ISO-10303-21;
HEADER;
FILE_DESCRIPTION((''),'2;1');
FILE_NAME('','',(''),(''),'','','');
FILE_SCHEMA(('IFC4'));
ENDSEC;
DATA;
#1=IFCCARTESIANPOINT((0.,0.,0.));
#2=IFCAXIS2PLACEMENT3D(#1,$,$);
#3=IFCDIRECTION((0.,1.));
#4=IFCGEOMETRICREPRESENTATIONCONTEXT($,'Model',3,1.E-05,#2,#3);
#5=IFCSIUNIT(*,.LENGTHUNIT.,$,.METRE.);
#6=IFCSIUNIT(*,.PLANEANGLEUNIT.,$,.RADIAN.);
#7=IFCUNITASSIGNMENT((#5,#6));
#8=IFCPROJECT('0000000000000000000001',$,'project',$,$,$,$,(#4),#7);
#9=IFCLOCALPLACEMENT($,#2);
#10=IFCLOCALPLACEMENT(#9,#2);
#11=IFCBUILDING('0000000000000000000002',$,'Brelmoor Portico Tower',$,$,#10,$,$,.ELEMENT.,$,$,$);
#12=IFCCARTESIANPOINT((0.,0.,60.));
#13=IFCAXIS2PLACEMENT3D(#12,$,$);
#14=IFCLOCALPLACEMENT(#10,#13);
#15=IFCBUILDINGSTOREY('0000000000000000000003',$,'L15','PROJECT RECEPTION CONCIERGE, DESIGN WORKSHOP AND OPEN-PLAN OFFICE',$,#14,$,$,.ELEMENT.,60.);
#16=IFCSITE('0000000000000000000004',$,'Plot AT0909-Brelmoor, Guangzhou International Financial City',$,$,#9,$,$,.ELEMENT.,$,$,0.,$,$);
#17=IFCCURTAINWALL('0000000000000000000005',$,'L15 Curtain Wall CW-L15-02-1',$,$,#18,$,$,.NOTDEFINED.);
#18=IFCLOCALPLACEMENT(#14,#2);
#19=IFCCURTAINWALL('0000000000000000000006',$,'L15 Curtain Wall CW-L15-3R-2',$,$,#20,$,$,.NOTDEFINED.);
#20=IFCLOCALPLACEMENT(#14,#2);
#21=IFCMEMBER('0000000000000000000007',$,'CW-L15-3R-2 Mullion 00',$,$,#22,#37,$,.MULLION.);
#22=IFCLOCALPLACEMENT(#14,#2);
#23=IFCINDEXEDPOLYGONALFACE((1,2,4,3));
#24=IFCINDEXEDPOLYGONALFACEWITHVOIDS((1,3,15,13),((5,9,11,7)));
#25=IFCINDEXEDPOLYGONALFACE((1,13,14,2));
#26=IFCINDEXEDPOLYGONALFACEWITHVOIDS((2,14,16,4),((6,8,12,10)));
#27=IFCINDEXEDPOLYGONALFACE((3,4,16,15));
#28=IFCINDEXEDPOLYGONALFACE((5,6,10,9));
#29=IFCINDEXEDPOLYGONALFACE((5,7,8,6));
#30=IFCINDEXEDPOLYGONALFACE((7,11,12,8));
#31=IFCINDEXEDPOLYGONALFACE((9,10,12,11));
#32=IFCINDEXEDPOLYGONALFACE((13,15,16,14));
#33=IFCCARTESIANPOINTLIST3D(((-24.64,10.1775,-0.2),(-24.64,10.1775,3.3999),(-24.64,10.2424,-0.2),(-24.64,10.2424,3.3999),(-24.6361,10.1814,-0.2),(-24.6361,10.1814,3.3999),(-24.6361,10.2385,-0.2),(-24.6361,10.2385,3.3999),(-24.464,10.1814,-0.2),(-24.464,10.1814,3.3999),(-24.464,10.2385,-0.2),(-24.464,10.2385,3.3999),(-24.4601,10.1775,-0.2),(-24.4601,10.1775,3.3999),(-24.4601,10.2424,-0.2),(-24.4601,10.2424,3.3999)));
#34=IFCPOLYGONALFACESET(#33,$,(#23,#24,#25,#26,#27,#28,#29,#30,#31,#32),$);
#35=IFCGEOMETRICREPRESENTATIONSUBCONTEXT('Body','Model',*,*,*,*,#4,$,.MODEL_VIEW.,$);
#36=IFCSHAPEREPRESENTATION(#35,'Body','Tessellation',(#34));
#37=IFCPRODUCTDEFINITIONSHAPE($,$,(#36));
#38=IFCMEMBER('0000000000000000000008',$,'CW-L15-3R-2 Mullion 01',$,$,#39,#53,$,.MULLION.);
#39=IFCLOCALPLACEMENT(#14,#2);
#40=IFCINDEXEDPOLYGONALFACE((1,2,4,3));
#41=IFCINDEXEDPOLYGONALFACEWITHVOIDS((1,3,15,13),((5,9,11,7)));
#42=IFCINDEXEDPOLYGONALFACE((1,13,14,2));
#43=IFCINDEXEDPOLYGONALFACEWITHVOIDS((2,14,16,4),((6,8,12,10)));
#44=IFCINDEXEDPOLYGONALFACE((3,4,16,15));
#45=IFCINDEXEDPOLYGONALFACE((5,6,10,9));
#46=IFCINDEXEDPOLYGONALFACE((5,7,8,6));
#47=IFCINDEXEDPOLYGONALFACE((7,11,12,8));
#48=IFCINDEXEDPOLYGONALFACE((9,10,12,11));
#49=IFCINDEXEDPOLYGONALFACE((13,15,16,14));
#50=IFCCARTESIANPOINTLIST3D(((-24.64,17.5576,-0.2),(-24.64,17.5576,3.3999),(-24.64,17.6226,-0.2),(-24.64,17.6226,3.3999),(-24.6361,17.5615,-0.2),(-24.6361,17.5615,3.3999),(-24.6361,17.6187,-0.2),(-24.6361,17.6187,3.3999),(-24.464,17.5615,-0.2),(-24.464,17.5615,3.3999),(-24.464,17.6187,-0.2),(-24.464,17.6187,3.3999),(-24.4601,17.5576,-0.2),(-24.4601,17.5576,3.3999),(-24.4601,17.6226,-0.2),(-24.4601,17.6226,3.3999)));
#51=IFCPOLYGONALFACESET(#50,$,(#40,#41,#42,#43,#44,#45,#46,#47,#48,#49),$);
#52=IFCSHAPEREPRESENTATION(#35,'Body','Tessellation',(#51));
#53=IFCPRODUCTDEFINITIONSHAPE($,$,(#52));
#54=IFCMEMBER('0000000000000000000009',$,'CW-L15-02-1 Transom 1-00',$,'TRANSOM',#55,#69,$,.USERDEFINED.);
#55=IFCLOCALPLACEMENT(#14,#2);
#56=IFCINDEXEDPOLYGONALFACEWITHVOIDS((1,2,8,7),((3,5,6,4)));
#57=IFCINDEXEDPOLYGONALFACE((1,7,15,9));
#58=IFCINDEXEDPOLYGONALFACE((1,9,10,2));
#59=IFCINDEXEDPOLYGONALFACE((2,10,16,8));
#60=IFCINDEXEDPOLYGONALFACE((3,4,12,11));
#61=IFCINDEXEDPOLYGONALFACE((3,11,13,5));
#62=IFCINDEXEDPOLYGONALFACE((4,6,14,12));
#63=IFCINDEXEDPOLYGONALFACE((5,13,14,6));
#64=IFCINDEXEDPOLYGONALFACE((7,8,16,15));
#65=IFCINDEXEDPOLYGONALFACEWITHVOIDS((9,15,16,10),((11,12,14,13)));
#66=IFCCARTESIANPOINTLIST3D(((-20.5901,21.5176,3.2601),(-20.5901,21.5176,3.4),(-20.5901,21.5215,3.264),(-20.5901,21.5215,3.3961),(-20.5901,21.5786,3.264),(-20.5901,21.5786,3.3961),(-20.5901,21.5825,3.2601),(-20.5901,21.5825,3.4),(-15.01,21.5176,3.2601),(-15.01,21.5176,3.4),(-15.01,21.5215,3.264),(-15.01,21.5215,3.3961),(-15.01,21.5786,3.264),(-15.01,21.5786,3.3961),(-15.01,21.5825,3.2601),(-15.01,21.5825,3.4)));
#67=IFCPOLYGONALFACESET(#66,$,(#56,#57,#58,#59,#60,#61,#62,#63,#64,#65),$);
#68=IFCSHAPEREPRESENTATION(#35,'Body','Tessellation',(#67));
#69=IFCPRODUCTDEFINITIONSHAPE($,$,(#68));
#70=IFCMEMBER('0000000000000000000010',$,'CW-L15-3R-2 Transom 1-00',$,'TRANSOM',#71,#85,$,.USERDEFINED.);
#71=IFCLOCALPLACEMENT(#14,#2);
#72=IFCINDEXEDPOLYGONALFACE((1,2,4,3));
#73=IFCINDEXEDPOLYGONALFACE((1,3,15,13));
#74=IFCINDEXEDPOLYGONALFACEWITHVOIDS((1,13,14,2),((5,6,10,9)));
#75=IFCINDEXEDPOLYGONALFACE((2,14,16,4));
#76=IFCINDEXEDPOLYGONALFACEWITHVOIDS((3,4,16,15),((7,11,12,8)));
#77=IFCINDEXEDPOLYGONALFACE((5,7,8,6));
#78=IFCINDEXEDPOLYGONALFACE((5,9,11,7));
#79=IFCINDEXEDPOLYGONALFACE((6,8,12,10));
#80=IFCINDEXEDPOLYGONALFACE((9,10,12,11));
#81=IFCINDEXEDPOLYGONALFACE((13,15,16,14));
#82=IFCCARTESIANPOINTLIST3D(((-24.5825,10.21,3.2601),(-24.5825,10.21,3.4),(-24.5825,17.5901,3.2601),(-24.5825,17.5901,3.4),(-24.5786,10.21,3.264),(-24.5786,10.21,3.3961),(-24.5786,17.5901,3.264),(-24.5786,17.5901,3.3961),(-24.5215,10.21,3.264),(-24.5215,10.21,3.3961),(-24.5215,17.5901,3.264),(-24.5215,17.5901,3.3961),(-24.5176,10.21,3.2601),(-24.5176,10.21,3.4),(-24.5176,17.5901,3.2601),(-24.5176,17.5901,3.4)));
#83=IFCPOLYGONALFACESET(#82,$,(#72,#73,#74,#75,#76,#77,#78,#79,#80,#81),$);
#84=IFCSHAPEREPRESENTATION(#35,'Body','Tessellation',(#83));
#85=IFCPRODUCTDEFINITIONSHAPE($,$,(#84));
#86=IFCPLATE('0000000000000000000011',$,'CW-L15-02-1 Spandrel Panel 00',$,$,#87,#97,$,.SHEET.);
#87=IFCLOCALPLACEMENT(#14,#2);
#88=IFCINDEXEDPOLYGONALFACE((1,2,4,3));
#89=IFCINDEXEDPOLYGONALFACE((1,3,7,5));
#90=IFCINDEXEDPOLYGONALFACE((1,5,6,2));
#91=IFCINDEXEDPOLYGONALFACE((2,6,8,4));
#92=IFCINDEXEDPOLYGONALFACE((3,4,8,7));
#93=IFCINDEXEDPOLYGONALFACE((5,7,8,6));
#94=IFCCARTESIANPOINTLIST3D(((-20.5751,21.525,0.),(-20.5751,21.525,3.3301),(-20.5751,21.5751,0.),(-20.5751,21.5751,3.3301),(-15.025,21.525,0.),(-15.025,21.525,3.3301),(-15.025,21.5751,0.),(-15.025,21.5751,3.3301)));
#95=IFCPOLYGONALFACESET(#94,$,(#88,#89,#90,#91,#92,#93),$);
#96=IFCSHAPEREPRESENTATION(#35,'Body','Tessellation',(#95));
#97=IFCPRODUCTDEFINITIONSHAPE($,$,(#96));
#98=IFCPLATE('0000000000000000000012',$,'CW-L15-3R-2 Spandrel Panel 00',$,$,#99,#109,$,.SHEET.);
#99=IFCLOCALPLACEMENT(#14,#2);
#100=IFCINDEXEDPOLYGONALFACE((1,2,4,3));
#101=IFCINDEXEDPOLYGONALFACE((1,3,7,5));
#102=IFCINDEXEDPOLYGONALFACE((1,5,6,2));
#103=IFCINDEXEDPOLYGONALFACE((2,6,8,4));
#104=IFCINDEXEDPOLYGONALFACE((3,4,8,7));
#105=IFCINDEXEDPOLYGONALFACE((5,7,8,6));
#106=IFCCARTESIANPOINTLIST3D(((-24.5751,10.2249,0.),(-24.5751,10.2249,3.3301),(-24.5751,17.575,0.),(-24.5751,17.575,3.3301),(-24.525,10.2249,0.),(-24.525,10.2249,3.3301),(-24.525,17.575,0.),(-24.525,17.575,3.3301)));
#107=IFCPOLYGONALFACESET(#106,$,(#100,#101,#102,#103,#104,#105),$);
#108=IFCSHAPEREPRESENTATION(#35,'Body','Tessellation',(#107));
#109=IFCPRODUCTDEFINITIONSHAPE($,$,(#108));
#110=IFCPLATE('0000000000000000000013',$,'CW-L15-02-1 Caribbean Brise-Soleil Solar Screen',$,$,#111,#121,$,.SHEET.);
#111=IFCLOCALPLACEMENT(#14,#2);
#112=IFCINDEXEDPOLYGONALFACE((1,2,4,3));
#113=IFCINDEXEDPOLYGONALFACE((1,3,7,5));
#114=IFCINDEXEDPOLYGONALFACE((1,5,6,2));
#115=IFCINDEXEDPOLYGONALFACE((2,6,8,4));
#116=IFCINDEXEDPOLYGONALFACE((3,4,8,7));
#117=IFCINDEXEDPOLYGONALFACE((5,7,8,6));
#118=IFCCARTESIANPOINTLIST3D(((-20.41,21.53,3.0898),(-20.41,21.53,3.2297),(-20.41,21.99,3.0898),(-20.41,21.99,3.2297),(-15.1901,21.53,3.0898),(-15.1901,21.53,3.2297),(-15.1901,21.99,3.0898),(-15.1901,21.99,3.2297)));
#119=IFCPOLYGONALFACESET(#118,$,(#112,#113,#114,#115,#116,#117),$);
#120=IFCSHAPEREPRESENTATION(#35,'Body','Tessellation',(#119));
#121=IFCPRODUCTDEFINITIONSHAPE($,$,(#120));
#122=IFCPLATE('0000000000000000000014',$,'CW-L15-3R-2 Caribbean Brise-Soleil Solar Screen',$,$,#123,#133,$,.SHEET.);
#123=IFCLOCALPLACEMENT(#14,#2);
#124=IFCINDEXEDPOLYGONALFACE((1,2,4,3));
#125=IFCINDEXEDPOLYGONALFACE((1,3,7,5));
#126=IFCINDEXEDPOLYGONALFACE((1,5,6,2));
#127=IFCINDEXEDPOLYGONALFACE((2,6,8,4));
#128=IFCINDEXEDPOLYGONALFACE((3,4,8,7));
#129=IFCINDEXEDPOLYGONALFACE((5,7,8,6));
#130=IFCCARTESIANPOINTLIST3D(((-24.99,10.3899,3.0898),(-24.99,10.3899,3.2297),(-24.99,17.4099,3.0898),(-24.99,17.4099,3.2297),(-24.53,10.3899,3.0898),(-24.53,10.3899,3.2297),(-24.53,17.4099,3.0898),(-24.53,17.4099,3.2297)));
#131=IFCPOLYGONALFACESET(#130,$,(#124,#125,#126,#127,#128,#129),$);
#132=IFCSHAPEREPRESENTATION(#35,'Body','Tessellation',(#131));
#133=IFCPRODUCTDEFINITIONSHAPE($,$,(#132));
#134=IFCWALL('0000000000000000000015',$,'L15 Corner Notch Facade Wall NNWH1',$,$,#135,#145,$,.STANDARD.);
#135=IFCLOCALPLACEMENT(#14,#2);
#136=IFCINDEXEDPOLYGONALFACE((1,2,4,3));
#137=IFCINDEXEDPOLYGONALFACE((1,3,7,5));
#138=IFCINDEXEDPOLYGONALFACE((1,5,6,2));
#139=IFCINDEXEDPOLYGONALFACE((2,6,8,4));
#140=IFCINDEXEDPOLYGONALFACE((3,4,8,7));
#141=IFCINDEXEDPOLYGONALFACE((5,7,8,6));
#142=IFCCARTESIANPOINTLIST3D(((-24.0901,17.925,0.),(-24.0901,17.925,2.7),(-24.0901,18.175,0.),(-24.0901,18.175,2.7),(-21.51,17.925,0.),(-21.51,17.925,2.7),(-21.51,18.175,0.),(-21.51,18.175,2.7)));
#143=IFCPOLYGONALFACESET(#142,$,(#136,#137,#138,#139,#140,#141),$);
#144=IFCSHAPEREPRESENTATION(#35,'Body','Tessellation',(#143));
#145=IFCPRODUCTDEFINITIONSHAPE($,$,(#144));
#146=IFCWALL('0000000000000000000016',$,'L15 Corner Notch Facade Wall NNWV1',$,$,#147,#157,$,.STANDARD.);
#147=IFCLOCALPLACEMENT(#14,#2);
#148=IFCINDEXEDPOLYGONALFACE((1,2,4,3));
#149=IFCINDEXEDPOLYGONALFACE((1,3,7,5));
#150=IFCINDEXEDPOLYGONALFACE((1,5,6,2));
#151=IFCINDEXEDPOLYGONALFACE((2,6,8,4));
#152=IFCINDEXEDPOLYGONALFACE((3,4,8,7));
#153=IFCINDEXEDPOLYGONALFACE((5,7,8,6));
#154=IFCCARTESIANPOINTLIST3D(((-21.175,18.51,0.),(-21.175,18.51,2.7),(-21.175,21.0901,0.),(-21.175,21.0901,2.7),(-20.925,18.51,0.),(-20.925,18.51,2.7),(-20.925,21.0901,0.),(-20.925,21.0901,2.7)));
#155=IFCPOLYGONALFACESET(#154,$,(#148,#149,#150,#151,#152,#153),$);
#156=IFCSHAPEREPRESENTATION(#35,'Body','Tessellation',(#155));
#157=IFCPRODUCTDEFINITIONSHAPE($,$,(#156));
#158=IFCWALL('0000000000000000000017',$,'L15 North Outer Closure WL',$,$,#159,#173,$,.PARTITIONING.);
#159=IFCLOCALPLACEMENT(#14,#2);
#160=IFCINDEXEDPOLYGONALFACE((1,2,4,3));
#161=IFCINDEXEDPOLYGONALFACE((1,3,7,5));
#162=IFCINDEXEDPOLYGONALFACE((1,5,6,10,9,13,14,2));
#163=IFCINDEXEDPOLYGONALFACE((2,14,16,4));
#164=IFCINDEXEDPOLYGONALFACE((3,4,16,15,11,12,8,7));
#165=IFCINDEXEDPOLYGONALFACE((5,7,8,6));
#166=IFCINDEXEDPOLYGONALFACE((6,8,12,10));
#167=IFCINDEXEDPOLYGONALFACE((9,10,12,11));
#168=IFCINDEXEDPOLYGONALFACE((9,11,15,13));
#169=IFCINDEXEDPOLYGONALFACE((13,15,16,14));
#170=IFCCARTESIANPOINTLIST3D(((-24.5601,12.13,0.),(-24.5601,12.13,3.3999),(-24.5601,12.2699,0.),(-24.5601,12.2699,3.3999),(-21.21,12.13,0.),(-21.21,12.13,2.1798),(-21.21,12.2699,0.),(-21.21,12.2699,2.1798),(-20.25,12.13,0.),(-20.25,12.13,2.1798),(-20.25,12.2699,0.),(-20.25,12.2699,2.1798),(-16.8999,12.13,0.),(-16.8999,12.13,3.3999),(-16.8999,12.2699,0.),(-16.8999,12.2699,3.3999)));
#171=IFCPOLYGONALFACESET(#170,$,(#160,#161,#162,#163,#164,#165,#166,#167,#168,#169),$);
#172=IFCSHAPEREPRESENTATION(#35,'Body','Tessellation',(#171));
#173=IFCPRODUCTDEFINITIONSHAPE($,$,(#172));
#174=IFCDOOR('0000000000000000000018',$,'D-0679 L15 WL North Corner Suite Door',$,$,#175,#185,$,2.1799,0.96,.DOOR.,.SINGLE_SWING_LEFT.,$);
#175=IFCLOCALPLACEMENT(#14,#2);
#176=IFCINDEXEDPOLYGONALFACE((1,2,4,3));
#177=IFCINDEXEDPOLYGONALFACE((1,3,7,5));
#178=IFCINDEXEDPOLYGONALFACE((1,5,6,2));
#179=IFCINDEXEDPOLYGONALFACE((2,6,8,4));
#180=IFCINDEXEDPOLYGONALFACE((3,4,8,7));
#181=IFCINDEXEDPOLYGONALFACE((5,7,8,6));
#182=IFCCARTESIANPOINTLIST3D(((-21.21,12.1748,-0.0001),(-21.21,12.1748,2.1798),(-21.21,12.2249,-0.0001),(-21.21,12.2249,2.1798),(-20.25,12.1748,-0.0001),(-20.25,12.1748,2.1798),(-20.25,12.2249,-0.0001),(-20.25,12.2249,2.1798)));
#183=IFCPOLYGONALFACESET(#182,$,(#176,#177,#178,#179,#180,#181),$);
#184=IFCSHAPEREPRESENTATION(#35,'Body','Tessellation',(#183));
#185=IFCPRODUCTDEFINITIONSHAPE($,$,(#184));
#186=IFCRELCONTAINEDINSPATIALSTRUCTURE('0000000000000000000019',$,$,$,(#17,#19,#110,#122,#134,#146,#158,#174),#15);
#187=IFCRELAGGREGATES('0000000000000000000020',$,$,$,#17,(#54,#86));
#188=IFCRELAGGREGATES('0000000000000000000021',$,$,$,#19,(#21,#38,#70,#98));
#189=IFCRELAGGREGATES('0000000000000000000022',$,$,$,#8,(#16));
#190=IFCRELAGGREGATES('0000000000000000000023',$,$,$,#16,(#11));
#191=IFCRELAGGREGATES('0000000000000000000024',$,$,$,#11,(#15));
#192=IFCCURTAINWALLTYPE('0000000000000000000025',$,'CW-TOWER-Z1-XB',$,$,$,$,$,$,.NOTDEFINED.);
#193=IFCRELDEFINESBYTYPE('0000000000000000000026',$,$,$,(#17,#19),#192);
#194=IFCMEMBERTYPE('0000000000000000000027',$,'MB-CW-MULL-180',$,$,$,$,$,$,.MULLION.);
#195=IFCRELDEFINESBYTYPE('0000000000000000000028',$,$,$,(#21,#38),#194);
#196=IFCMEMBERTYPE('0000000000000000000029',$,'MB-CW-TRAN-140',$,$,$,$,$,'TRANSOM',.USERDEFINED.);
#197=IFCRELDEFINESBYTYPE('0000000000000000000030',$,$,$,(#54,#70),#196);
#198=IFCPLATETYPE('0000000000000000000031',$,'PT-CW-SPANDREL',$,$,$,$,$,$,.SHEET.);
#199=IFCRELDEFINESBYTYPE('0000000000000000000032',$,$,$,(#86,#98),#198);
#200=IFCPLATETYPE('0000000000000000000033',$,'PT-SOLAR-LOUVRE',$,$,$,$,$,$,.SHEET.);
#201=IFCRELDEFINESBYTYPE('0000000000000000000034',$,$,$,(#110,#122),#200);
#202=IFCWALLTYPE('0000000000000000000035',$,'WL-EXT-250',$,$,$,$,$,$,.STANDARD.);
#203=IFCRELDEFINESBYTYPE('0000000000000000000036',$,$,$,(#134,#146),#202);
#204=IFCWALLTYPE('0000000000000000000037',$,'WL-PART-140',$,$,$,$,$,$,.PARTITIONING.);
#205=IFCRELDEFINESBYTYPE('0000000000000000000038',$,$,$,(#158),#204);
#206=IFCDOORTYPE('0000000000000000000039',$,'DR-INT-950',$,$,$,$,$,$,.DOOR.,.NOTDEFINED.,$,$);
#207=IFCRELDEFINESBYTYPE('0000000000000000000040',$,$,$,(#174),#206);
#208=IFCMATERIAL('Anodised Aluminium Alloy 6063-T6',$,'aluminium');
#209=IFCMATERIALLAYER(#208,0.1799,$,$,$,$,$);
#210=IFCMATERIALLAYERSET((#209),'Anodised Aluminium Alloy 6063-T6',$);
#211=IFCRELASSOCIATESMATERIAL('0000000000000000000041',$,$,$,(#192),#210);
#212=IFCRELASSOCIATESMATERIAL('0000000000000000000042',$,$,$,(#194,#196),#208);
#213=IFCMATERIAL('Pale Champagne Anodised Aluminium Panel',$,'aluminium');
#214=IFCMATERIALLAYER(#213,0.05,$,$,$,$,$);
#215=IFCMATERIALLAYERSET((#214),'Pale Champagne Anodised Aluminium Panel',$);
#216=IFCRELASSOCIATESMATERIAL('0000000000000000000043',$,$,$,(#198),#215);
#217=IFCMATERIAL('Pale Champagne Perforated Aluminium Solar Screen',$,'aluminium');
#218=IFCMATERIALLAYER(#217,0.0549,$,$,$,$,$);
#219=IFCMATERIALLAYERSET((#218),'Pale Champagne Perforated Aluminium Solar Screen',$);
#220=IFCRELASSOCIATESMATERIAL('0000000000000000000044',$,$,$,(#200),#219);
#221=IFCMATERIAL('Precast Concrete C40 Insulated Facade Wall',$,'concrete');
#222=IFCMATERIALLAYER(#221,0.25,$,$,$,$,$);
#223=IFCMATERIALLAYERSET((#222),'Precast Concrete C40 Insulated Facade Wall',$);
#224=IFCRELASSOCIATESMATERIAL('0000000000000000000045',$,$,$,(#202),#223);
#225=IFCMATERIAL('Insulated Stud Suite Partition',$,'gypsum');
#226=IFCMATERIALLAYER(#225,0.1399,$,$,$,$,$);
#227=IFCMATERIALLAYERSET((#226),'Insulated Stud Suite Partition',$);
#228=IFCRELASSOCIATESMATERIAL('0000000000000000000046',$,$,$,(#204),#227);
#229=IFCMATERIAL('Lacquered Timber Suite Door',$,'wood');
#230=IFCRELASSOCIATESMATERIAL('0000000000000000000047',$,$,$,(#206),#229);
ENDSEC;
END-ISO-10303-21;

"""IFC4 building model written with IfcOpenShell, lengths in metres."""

from ifc_helpers import new_model, si_unit, direction, frame, frame_2d, origin, origin_2d, place, context, subcontext, project, spatial, rectangle, hollow_rectangle, extrude, material, layer, layer_set, material_profile, profile_set, type_object, element, fill, aggregate, save


model = new_model("IFC4")

# Units and contexts
model_context = context("Model", 3, precision=1e-05, world=origin(), true_north=direction((0.0, 1.0)))
body_context = subcontext(model_context, "Body", "Model", "MODEL_VIEW")
ifc_project = project(units=[si_unit("LENGTHUNIT", "METRE"), si_unit("PLANEANGLEUNIT", "RADIAN")], contexts=[model_context])

# Site, building, storey
site_placement = place(None, origin())
site = spatial("IfcSite", under=ifc_project, at=site_placement, Name="Plot AT0909-Brelmoor, Guangzhou International Financial City", CompositionType="ELEMENT", RefElevation=0.0)
building_placement = place(site_placement, origin())
building = spatial("IfcBuilding", under=site, at=building_placement, Name="Brelmoor Portico Tower", CompositionType="ELEMENT")
storey_placement = place(building_placement, frame((0.0, 0.0, 60.0)))
storey = spatial("IfcBuildingStorey", under=building, at=storey_placement, Name="L15", Description="PROJECT RECEPTION CONCIERGE, DESIGN WORKSHOP AND OPEN-PLAN OFFICE", CompositionType="ELEMENT", Elevation=60.0)

# Curtain wall
ifc_material_1 = material(Name="Anodised Aluminium Alloy 6063-T6", Category="aluminium")
ifc_layer_1 = layer(ifc_material_1, 0.1799)
ifc_layer_set_1 = layer_set([ifc_layer_1], Name="Anodised Aluminium Alloy 6063-T6")
curtain_wall_type = type_object("IfcCurtainWallType", Name="CW-TOWER-Z1-XB", PredefinedType="NOTDEFINED", material=ifc_layer_set_1)
curtain_wall_1_placement = place(storey_placement, origin())
curtain_wall_1 = element("IfcCurtainWall", 1, at=curtain_wall_1_placement, inside=storey, type_object=curtain_wall_type, Name="L15 Curtain Wall CW-L15-02-1", PredefinedType="NOTDEFINED")
ifc_material_profile_1 = material_profile(ifc_material_1, hollow_rectangle(XDim=0.0649, YDim=0.1799, WallThickness=0.0039, at=origin_2d()), Name="ALU MULLION 65x180")
ifc_profile_set_1 = profile_set([ifc_material_profile_1], Name="Anodised Aluminium Alloy 6063-T6")
member_type_1 = type_object("IfcMemberType", Name="MB-CW-MULL-180", PredefinedType="MULLION", material=ifc_profile_set_1)

# Curtain wall, members
curtain_wall_2_placement = place(storey_placement, origin())
curtain_wall_2 = element("IfcCurtainWall", 2, at=curtain_wall_2_placement, inside=storey, type_object=curtain_wall_type, Name="L15 Curtain Wall CW-L15-3R-2", PredefinedType="NOTDEFINED")
member_1_placement = place(storey_placement, frame((-24.55, 10.21, -0.2), z_axis=(0.0, 0.0, 1.0), x_axis=(0.0, 1.0, 0.0)))
member_1 = element("IfcMember", 3, at=member_1_placement, type_object=member_type_1, Name="CW-L15-3R-2 Mullion 00", PredefinedType="MULLION", context=body_context, shape_type="SweptSolid", body=[
    extrude(hollow_rectangle(XDim=0.0649, YDim=0.1799, WallThickness=0.0039, at=origin_2d()), origin(), (0.0, 0.0, 1.0), 3.5999),
])
member_2_placement = place(storey_placement, frame((-24.55, 17.5901, -0.2), z_axis=(0.0, 0.0, 1.0), x_axis=(0.0, 1.0, 0.0)))
member_2 = element("IfcMember", 4, at=member_2_placement, type_object=member_type_1, Name="CW-L15-3R-2 Mullion 01", PredefinedType="MULLION", context=body_context, shape_type="SweptSolid", body=[
    extrude(hollow_rectangle(XDim=0.0649, YDim=0.1799, WallThickness=0.0039, at=origin_2d()), origin(), (0.0, 0.0, 1.0), 3.5999),
])

# Members
ifc_material_profile_2 = material_profile(ifc_material_1, hollow_rectangle(XDim=0.0649, YDim=0.1399, WallThickness=0.0039, at=origin_2d()), Name="ALU TRANSOM 65x140")
ifc_profile_set_2 = profile_set([ifc_material_profile_2], Name="Anodised Aluminium Alloy 6063-T6")
member_type_2 = type_object("IfcMemberType", Name="MB-CW-TRAN-140", ElementType="TRANSOM", PredefinedType="USERDEFINED", material=ifc_profile_set_2)
member_3_placement = place(storey_placement, frame((-20.5901, 21.55, 3.3301), z_axis=(1.0, 0.0, 0.0), x_axis=(0.0, 1.0, 0.0)))
member_3 = element("IfcMember", 5, at=member_3_placement, type_object=member_type_2, Name="CW-L15-02-1 Transom 1-00", ObjectType="TRANSOM", PredefinedType="USERDEFINED", context=body_context, shape_type="SweptSolid", body=[
    extrude(hollow_rectangle(XDim=0.0649, YDim=0.1399, WallThickness=0.0039, at=origin_2d()), origin(), (0.0, 0.0, 1.0), 5.5801),
])
member_4_placement = place(storey_placement, frame((-24.55, 10.21, 3.3301), z_axis=(0.0, 1.0, 0.0), x_axis=(-1.0, 0.0, 0.0)))
member_4 = element("IfcMember", 6, at=member_4_placement, type_object=member_type_2, Name="CW-L15-3R-2 Transom 1-00", ObjectType="TRANSOM", PredefinedType="USERDEFINED", context=body_context, shape_type="SweptSolid", body=[
    extrude(hollow_rectangle(XDim=0.0649, YDim=0.1399, WallThickness=0.0039, at=origin_2d()), origin(), (0.0, 0.0, 1.0), 7.3801),
])

# Plates
ifc_material_2 = material(Name="Pale Champagne Anodised Aluminium Panel", Category="aluminium")
ifc_layer_2 = layer(ifc_material_2, 0.05)
ifc_layer_set_2 = layer_set([ifc_layer_2], Name="Pale Champagne Anodised Aluminium Panel")
plate_type_1 = type_object("IfcPlateType", Name="PT-CW-SPANDREL", PredefinedType="SHEET", material=ifc_layer_set_2)
plate_1_placement = place(storey_placement, frame((-17.8, 21.55, 0.0), z_axis=(0.0, 0.0, 1.0), x_axis=(1.0, 0.0, 0.0)))
plate_1 = element("IfcPlate", 7, at=plate_1_placement, type_object=plate_type_1, Name="CW-L15-02-1 Spandrel Panel 00", PredefinedType="SHEET", context=body_context, shape_type="SweptSolid", body=[
    extrude(rectangle(XDim=5.55, YDim=0.05, at=origin_2d()), origin(), (0.0, 0.0, 1.0), 3.3301),
])
aggregate(curtain_wall_1, [member_3, plate_1])
plate_2_placement = place(storey_placement, frame((-24.55, 13.8999, 0.0), z_axis=(0.0, 0.0, 1.0), x_axis=(0.0, 1.0, 0.0)))
plate_2 = element("IfcPlate", 8, at=plate_2_placement, type_object=plate_type_1, Name="CW-L15-3R-2 Spandrel Panel 00", PredefinedType="SHEET", context=body_context, shape_type="SweptSolid", body=[
    extrude(rectangle(XDim=7.3501, YDim=0.05, at=origin_2d()), origin(), (0.0, 0.0, 1.0), 3.3301),
])
aggregate(curtain_wall_2, [member_1, member_2, member_4, plate_2])

# Plates
ifc_material_3 = material(Name="Pale Champagne Perforated Aluminium Solar Screen", Category="aluminium")
ifc_layer_3 = layer(ifc_material_3, 0.0549)
ifc_layer_set_3 = layer_set([ifc_layer_3], Name="Pale Champagne Perforated Aluminium Solar Screen")
plate_type_2 = type_object("IfcPlateType", Name="PT-SOLAR-LOUVRE", PredefinedType="SHEET", material=ifc_layer_set_3)
plate_3_placement = place(storey_placement, frame((-17.8, 21.76, 3.0898), z_axis=(0.0, 0.0, 1.0), x_axis=(1.0, 0.0, 0.0)))
element("IfcPlate", 9, at=plate_3_placement, inside=storey, type_object=plate_type_2, Name="CW-L15-02-1 Caribbean Brise-Soleil Solar Screen", PredefinedType="SHEET", context=body_context, shape_type="SweptSolid", body=[
    extrude(rectangle(XDim=5.22, YDim=0.46, at=origin_2d()), origin(), (0.0, 0.0, 1.0), 0.1399),
])
plate_4_placement = place(storey_placement, frame((-24.76, 13.8999, 3.0898), z_axis=(0.0, 0.0, 1.0), x_axis=(0.0, 1.0, 0.0)))
element("IfcPlate", 10, at=plate_4_placement, inside=storey, type_object=plate_type_2, Name="CW-L15-3R-2 Caribbean Brise-Soleil Solar Screen", PredefinedType="SHEET", context=body_context, shape_type="SweptSolid", body=[
    extrude(rectangle(XDim=7.02, YDim=0.46, at=origin_2d()), origin(), (0.0, 0.0, 1.0), 0.1399),
])

# Walls
ifc_material_4 = material(Name="Precast Concrete C40 Insulated Facade Wall", Category="concrete")
ifc_layer_4 = layer(ifc_material_4, 0.25)
ifc_layer_set_4 = layer_set([ifc_layer_4], Name="Precast Concrete C40 Insulated Facade Wall")
wall_type_1 = type_object("IfcWallType", Name="WL-EXT-250", PredefinedType="STANDARD", material=ifc_layer_set_4)
for number, where, z_axis, x_axis, name in (
    (11, (-24.0901, 18.05, 0.0), (0.0, 0.0, 1.0), (1.0, 0.0, 0.0), "L15 Corner Notch Facade Wall NNWH1"),
    (12, (-21.05, 18.51, 0.0), (0.0, 0.0, 1.0), (0.0, 1.0, 0.0), "L15 Corner Notch Facade Wall NNWV1"),
):
    element("IfcWall", number, at=place(storey_placement, frame(where, z_axis=z_axis, x_axis=x_axis)), inside=storey, type_object=wall_type_1, Name=name, PredefinedType="STANDARD", context=body_context, shape_type="SweptSolid", body=[
        extrude(rectangle(XDim=2.5801, YDim=0.25, at=frame_2d((1.29, 0.0))), origin(), (0.0, 0.0, 1.0), 2.7),
    ])

# Wall, opening, door
ifc_material_5 = material(Name="Insulated Stud Suite Partition", Category="gypsum")
ifc_layer_5 = layer(ifc_material_5, 0.1399)
ifc_layer_set_5 = layer_set([ifc_layer_5], Name="Insulated Stud Suite Partition")
wall_type_2 = type_object("IfcWallType", Name="WL-PART-140", PredefinedType="PARTITIONING", material=ifc_layer_set_5)
wall_1_placement = place(storey_placement, frame((-24.5601, 12.2, 0.0), z_axis=(0.0, 0.0, 1.0), x_axis=(1.0, 0.0, 0.0)))
wall_1 = element("IfcWall", 13, at=wall_1_placement, inside=storey, type_object=wall_type_2, Name="L15 North Outer Closure WL", PredefinedType="PARTITIONING", context=body_context, shape_type="SweptSolid", body=[
    extrude(rectangle(XDim=7.6602, YDim=0.1399, at=frame_2d((3.8301, 0.0))), origin(), (0.0, 0.0, 1.0), 3.3999),
])
opening_1_placement = place(wall_1_placement, frame((3.3501, 0.0, 0.0)))
opening_1 = element("IfcOpeningElement", 14, at=opening_1_placement, cuts=wall_1, PredefinedType="OPENING", context=body_context, shape_type="SweptSolid", body=[
    extrude(rectangle(XDim=0.96, YDim=2.1799, at=frame_2d((0.48, 1.0898))), frame((0.0, 0.0798, 0.0), z_axis=(0.0, -1.0, 0.0), x_axis=(1.0, 0.0, 0.0)), (0.0, 0.0, 1.0), 0.1599),
])
ifc_material_6 = material(Name="Lacquered Timber Suite Door", Category="wood")
door_type_1 = type_object("IfcDoorType", Name="DR-INT-950", OperationType="NOTDEFINED", PredefinedType="DOOR", material=ifc_material_6)
door_1_placement = place(opening_1_placement, origin())
door_1 = element("IfcDoor", 15, at=door_1_placement, inside=storey, type_object=door_type_1, Name="D-0679 L15 WL North Corner Suite Door", OperationType="SINGLE_SWING_LEFT", OverallHeight=2.1799, OverallWidth=0.96, PredefinedType="DOOR", context=body_context, shape_type="SweptSolid", body=[
    extrude(rectangle(XDim=0.96, YDim=2.1799, at=frame_2d((0.48, 1.0898))), frame((0.0, 0.0249, 0.0), z_axis=(0.0, -1.0, 0.0), x_axis=(1.0, 0.0, 0.0)), (0.0, 0.0, 1.0), 0.05),
])
fill(opening_1, door_1)

save(model, "model.ifc")
